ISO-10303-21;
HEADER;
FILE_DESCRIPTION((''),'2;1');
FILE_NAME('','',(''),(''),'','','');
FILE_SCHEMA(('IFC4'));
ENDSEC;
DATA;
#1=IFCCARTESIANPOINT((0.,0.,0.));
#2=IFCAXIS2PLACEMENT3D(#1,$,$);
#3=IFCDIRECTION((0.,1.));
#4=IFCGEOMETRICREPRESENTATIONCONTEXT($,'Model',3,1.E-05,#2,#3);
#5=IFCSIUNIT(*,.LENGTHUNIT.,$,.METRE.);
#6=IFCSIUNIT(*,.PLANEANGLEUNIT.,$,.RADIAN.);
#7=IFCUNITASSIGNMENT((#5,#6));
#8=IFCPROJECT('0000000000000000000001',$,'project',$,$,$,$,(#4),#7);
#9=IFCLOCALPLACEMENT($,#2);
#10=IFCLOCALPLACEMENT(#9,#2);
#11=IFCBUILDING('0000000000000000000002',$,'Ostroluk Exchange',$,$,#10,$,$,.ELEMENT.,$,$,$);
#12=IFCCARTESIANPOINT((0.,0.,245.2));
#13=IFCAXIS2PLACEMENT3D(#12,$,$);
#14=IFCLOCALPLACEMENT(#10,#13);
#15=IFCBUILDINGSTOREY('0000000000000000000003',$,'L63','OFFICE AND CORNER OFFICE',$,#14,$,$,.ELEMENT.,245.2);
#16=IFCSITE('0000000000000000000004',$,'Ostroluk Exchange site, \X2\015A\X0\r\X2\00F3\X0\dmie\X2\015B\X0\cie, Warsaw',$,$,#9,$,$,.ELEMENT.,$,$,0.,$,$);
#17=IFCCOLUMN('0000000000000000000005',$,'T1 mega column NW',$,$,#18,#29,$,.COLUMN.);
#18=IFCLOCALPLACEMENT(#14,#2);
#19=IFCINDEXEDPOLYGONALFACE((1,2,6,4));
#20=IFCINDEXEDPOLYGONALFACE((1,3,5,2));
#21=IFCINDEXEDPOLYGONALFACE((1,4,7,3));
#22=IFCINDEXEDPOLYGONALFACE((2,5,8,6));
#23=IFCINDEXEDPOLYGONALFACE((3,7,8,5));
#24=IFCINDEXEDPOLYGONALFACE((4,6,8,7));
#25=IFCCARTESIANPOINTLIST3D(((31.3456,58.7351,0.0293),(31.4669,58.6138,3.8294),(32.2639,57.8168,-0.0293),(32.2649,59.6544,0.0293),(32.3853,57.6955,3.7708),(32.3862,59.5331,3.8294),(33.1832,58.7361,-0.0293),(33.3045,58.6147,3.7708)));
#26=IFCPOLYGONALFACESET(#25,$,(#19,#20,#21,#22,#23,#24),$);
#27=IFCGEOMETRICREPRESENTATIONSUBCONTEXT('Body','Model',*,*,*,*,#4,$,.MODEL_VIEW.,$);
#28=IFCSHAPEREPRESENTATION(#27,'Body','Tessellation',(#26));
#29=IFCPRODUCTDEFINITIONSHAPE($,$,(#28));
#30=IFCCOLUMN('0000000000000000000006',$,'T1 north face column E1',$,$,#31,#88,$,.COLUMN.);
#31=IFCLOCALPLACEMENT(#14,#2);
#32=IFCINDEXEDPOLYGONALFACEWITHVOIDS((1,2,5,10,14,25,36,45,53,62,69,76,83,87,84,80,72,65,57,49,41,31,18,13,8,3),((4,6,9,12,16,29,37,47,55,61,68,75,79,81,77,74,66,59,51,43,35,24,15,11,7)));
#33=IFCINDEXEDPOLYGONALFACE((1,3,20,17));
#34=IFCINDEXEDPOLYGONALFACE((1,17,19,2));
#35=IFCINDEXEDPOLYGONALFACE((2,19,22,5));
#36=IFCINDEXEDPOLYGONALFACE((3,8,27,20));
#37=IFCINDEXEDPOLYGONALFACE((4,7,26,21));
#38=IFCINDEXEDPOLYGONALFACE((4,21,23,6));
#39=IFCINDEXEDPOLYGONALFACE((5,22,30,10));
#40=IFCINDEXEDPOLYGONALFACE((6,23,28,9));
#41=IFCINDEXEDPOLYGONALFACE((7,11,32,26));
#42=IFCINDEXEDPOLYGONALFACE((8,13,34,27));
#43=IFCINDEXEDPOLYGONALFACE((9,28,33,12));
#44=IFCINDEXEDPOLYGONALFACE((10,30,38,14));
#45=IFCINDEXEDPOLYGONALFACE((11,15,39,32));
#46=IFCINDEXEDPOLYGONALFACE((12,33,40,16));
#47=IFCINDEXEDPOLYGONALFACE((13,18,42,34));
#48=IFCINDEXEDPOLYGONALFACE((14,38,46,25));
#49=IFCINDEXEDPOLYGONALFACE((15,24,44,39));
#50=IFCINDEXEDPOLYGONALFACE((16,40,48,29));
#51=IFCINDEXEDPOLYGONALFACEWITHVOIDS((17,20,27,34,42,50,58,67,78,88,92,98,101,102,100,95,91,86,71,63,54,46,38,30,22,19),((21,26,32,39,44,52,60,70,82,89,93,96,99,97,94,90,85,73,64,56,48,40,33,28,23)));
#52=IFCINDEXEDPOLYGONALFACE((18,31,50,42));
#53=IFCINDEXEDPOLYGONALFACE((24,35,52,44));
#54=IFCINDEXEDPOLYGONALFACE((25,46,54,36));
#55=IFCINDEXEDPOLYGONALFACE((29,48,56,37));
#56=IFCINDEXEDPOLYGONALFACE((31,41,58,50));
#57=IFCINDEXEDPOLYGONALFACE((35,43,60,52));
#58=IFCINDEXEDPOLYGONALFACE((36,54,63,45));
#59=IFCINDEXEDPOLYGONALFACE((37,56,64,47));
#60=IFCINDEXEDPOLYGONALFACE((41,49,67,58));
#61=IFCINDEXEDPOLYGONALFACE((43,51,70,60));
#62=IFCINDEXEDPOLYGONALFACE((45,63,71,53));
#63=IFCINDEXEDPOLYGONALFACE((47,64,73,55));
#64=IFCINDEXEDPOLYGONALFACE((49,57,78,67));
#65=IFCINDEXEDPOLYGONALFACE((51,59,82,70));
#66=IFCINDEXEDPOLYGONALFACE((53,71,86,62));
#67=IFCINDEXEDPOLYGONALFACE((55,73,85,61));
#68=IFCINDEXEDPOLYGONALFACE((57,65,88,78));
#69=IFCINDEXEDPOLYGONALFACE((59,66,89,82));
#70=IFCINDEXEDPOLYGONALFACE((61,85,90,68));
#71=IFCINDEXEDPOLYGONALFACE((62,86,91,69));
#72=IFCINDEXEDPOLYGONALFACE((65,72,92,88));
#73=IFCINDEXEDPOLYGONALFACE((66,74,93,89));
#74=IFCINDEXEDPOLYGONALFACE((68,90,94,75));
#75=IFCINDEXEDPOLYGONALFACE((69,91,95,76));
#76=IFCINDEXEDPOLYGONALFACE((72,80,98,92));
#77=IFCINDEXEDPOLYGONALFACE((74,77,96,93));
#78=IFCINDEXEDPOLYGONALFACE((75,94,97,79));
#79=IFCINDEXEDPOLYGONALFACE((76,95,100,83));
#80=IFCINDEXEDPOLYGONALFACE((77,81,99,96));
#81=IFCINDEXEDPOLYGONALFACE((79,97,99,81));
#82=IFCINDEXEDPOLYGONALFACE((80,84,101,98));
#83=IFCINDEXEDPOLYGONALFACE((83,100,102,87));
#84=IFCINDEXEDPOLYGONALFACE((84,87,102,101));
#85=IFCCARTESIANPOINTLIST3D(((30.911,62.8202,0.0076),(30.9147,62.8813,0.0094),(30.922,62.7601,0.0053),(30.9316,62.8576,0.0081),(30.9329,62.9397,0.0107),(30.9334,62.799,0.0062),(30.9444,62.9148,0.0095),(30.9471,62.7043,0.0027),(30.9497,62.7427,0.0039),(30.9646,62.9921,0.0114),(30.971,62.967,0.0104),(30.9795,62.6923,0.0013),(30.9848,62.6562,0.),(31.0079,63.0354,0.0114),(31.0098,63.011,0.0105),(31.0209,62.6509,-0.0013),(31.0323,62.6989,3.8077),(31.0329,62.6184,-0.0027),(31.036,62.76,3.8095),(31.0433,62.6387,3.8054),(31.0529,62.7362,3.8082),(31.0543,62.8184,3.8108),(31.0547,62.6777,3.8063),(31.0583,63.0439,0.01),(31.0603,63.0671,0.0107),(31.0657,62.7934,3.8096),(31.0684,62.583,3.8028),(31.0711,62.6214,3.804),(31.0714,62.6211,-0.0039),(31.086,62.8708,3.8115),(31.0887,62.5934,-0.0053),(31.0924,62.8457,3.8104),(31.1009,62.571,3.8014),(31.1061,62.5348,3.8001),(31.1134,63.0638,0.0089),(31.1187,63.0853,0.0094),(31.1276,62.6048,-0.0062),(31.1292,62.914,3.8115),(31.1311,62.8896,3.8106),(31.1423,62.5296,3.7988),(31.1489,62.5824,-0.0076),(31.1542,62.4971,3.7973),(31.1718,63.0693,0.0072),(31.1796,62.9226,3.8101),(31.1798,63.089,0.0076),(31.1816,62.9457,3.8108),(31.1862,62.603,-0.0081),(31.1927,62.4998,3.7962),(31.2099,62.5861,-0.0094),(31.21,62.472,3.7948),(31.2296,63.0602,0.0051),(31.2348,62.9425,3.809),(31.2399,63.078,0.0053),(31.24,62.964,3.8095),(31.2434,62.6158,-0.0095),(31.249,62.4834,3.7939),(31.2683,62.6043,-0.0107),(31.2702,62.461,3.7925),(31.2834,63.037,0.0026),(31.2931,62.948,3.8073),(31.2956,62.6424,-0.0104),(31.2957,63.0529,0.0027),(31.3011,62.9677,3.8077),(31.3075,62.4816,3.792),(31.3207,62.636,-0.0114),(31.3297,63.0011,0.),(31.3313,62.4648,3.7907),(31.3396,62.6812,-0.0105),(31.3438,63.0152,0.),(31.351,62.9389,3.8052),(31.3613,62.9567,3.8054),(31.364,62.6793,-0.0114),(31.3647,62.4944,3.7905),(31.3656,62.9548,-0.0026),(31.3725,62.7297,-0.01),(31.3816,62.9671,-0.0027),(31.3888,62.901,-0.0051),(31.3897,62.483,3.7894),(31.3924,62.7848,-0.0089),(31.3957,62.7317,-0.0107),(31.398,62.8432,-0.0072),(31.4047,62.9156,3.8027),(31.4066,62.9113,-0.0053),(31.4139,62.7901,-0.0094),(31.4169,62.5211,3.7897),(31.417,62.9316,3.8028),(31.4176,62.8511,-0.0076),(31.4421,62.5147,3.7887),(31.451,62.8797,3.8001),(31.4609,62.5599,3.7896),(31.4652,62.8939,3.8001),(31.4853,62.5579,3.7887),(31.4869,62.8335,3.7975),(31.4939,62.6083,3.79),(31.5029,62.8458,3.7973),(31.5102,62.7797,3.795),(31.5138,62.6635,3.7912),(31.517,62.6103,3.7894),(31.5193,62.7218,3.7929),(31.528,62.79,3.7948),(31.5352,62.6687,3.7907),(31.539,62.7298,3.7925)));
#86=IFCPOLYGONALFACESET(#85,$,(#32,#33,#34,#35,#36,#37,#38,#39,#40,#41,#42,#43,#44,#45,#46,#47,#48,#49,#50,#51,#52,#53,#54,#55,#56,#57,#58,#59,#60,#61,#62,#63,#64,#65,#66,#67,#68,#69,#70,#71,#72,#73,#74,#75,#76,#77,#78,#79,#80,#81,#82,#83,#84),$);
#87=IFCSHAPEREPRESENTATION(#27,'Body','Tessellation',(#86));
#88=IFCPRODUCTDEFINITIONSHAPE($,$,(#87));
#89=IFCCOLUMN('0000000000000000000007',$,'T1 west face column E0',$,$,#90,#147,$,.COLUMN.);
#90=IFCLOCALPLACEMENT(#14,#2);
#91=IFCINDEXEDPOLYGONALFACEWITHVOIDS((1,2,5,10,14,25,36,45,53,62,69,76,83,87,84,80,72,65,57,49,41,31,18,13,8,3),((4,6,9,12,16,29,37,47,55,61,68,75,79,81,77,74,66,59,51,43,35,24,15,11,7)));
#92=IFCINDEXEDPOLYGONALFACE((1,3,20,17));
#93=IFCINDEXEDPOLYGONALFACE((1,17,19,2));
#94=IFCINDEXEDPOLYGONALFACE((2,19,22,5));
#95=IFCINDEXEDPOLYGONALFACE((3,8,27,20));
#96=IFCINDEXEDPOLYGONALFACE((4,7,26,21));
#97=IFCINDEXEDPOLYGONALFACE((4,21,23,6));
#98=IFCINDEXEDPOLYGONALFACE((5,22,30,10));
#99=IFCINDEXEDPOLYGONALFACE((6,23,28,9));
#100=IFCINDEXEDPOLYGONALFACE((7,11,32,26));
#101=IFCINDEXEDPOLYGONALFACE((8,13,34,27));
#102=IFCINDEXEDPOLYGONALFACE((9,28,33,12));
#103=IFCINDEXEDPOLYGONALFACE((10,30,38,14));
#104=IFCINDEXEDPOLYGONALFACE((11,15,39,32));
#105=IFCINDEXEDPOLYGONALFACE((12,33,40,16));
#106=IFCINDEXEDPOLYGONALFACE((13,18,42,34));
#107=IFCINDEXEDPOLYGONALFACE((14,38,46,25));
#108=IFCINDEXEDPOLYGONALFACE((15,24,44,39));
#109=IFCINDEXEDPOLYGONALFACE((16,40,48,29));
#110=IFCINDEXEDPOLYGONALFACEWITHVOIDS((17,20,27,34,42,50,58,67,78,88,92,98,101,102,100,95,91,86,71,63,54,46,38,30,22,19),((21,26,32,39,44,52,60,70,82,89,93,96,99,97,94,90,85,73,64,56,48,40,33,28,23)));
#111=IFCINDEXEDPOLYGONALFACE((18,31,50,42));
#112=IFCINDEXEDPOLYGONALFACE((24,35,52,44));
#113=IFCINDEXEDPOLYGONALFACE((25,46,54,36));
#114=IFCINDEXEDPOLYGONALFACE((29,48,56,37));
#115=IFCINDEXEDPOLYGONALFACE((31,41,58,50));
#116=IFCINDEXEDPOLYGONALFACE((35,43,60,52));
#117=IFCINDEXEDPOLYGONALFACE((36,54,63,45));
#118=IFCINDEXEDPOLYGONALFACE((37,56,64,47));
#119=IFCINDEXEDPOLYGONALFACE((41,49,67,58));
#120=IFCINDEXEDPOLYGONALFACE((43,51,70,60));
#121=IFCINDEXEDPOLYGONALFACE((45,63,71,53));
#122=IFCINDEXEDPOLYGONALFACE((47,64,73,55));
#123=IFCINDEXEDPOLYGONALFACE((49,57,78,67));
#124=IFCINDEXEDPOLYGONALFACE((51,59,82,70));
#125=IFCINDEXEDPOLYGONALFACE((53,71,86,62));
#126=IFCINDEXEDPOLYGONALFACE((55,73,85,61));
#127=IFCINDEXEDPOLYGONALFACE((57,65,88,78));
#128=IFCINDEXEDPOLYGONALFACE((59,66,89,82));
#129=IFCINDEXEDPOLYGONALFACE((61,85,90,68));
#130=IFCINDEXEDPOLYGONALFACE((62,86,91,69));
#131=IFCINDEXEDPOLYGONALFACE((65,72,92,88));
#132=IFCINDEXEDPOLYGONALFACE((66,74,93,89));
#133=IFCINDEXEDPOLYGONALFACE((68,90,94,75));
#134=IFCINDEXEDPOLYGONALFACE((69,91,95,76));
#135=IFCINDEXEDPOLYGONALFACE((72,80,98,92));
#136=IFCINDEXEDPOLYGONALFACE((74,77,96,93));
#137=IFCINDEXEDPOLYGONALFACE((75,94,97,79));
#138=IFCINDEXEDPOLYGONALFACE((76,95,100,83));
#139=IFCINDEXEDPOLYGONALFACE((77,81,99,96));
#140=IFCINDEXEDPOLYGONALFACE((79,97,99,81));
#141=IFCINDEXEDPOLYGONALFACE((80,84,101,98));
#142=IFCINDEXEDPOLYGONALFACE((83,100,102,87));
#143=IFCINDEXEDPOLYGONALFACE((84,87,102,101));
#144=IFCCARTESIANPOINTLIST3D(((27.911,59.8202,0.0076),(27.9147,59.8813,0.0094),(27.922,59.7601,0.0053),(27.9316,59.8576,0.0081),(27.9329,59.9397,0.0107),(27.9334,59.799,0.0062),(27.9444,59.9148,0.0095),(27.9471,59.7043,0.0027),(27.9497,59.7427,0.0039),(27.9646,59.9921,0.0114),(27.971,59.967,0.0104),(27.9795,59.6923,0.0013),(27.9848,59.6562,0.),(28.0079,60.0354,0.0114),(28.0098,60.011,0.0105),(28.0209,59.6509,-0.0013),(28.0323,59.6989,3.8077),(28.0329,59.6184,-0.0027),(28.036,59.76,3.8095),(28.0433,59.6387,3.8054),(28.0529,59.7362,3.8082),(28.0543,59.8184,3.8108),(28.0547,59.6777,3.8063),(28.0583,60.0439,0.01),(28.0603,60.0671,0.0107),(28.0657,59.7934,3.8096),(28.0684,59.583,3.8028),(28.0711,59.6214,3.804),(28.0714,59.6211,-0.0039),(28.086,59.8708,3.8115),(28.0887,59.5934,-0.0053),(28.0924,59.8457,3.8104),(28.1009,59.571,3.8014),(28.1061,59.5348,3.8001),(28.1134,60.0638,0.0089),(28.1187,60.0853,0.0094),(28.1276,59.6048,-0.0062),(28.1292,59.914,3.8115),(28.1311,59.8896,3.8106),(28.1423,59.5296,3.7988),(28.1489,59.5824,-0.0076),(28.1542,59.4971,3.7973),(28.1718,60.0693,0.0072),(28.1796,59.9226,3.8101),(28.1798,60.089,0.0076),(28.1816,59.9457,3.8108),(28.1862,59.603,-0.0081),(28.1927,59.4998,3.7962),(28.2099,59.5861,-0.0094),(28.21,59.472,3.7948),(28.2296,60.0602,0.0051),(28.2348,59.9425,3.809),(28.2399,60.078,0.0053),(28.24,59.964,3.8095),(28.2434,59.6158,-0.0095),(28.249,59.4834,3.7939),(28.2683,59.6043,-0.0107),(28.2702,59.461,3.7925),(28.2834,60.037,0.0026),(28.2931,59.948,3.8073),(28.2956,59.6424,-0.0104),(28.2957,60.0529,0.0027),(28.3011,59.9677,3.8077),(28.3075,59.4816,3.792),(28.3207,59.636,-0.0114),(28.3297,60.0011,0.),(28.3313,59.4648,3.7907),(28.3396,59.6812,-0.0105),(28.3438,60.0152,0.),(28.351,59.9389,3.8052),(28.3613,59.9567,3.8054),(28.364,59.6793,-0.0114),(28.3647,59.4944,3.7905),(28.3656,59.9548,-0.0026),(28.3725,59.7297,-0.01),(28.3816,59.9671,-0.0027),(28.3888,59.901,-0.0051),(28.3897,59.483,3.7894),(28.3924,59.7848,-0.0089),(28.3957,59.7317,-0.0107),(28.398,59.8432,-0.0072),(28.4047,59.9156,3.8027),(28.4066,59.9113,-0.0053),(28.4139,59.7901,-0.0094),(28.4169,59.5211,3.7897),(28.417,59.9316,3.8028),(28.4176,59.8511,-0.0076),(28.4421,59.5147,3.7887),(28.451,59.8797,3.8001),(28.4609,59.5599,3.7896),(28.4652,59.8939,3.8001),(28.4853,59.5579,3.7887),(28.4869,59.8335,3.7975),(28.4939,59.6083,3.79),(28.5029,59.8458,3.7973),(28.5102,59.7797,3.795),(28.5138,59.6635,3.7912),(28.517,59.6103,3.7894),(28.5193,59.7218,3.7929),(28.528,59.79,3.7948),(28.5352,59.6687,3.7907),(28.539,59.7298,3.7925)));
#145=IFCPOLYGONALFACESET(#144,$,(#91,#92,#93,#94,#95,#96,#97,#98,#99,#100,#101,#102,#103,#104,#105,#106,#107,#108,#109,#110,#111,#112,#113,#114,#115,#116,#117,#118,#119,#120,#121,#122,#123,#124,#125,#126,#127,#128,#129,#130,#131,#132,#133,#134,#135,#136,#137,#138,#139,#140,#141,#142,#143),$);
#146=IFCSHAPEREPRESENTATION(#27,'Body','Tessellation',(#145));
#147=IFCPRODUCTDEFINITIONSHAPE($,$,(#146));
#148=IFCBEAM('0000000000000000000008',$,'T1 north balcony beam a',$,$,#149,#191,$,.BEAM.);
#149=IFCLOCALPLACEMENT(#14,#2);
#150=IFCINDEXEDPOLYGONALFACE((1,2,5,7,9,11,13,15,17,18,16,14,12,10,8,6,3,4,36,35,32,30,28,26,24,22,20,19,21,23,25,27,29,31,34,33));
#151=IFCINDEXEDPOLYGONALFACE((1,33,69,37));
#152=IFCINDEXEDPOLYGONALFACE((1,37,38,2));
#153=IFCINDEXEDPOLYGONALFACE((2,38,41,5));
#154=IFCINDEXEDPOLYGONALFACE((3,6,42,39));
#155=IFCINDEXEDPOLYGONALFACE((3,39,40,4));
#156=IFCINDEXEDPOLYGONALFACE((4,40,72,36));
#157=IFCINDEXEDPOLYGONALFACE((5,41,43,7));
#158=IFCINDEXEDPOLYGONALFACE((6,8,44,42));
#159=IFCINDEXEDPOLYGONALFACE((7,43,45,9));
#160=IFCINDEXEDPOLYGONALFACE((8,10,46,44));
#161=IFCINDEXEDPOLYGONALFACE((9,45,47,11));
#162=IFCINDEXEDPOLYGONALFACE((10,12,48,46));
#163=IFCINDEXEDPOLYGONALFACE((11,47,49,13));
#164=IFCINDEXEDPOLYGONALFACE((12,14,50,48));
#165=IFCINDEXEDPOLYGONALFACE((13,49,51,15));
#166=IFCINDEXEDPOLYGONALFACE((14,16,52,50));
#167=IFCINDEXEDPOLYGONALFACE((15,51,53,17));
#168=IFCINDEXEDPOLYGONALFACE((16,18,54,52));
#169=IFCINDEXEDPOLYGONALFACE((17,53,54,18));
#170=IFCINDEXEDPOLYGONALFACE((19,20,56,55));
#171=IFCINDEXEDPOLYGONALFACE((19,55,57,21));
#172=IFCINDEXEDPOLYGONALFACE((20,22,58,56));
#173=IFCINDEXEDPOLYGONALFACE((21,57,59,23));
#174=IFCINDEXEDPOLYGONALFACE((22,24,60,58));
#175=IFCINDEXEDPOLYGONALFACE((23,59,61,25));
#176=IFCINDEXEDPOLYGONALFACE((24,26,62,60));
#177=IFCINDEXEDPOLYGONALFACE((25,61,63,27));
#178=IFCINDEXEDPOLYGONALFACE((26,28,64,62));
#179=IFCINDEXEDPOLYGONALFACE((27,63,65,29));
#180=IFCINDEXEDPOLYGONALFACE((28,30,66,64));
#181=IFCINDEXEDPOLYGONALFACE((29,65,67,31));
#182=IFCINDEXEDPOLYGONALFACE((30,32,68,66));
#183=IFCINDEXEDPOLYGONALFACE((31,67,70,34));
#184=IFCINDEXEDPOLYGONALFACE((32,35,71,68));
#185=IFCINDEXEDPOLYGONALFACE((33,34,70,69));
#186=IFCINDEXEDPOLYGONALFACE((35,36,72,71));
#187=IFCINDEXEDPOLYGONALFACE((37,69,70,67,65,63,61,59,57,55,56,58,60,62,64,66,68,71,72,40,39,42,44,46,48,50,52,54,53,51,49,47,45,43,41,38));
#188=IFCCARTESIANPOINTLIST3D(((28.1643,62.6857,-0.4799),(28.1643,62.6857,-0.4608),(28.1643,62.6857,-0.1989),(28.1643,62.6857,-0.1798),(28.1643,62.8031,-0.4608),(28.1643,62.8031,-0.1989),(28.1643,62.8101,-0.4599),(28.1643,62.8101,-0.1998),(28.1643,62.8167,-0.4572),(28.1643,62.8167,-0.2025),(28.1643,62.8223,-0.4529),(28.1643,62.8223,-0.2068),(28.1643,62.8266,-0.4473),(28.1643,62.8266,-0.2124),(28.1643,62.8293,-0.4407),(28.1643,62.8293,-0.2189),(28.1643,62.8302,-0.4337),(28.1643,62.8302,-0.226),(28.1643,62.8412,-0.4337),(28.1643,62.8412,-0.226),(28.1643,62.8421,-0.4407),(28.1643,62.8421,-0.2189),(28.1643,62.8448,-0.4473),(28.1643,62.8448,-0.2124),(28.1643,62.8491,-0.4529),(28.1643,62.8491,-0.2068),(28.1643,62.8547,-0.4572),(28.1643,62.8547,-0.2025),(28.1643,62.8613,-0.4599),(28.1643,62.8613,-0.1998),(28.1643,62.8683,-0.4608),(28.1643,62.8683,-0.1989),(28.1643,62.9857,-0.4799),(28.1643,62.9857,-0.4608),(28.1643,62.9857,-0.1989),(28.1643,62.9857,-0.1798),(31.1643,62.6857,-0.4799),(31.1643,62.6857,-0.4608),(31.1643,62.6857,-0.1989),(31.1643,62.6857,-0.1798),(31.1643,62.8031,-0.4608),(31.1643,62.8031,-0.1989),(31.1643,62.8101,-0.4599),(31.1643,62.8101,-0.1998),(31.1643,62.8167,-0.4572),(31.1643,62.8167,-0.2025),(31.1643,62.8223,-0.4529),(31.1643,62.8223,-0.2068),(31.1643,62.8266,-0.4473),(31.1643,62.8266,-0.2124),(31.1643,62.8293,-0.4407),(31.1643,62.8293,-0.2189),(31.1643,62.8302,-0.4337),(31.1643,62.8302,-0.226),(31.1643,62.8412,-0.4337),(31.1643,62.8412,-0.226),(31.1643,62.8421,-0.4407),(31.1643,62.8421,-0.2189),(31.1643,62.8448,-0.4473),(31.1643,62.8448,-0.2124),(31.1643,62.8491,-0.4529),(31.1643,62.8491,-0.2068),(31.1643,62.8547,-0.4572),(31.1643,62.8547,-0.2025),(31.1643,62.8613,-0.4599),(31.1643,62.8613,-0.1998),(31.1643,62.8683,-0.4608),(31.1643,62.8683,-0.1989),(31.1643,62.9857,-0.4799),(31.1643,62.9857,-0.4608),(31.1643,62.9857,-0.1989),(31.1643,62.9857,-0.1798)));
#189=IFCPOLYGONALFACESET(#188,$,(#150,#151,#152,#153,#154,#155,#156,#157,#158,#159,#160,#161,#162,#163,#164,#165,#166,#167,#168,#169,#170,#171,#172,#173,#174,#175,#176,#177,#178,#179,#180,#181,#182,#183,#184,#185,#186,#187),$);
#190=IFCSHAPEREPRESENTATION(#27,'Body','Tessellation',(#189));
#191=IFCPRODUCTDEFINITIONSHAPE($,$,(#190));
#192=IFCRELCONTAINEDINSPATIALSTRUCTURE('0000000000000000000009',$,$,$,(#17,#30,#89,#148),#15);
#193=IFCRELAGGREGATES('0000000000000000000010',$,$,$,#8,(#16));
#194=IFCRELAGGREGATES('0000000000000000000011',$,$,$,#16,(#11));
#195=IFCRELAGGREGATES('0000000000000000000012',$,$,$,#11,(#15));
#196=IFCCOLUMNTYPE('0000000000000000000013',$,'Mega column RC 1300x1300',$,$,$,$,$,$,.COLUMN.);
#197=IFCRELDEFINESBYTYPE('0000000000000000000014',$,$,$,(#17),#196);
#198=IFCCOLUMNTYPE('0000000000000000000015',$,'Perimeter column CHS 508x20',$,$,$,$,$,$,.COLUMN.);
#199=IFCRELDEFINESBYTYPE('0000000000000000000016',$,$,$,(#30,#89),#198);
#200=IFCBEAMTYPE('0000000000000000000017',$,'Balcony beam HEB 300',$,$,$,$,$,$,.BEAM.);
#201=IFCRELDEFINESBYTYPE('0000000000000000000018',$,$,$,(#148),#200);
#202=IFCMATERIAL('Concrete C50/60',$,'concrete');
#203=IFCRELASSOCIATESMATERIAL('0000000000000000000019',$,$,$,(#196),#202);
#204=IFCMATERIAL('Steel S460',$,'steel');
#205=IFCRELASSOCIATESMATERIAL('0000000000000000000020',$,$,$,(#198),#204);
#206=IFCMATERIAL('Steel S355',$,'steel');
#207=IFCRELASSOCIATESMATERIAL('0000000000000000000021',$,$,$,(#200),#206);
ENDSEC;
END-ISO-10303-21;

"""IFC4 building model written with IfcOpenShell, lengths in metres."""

from ifc_helpers import new_model, si_unit, direction, frame, origin, origin_2d, place, context, subcontext, project, spatial, rectangle, hollow_circle, i_section, extrude, material, material_profile, profile_set, type_object, element, save


model = new_model("IFC4")

# Units and contexts
model_context = context("Model", 3, precision=1e-05, world=origin(), true_north=direction((0.0, 1.0)))
body_context = subcontext(model_context, "Body", "Model", "MODEL_VIEW")
ifc_project = project(units=[si_unit("LENGTHUNIT", "METRE"), si_unit("PLANEANGLEUNIT", "RADIAN")], contexts=[model_context])

# Site, building, storey
site_placement = place(None, origin())
site = spatial("IfcSite", under=ifc_project, at=site_placement, Name="Ostroluk Exchange site, Śródmieście, Warsaw", CompositionType="ELEMENT", RefElevation=0.0)
building_placement = place(site_placement, origin())
building = spatial("IfcBuilding", under=site, at=building_placement, Name="Ostroluk Exchange", CompositionType="ELEMENT")
storey_placement = place(building_placement, frame((0.0, 0.0, 245.2)))
storey = spatial("IfcBuildingStorey", under=building, at=storey_placement, Name="L63", Description="OFFICE AND CORNER OFFICE", CompositionType="ELEMENT", Elevation=245.2)

# Columns
ifc_material_1 = material(Name="Concrete C50/60", Category="concrete")
ifc_material_profile_1 = material_profile(ifc_material_1, rectangle(XDim=1.3, YDim=1.3, at=origin_2d()), Name="RC 1300x1300")
ifc_profile_set_1 = profile_set([ifc_material_profile_1], Name="Concrete C50/60")
column_type_1 = type_object("IfcColumnType", Name="Mega column RC 1300x1300", PredefinedType="COLUMN", material=ifc_profile_set_1)
column_placement = place(storey_placement, frame((32.2644, 58.7356, 0.0), z_axis=(0.031898, -0.031898, 0.998982), x_axis=(0.707107, 0.707107, 0.0)))
element("IfcColumn", 1, at=column_placement, inside=storey, type_object=column_type_1, Name="T1 mega column NW", PredefinedType="COLUMN", context=body_context, shape_type="SweptSolid", body=[
    extrude(rectangle(XDim=1.3, YDim=1.3, at=origin_2d()), origin(), (0.0, 0.0, 1.0), 3.804),
])
ifc_material_2 = material(Name="Steel S460", Category="steel")
ifc_material_profile_2 = material_profile(ifc_material_2, hollow_circle(Radius=0.2539, WallThickness=0.02, at=origin_2d()), Name="CHS 508x20")
ifc_profile_set_2 = profile_set([ifc_material_profile_2], Name="Steel S460")
column_type_2 = type_object("IfcColumnType", Name="Perimeter column CHS 508x20", PredefinedType="COLUMN", material=ifc_profile_set_2)
for number, where, z_axis, x_axis, name in (
    (2, (31.1643, 62.8357, 0.0), (0.031898, -0.031898, 0.998982), (0.707107, 0.707107, 0.0), "T1 north face column E1"),
    (3, (28.1643, 59.8357, 0.0), (0.031898, -0.031898, 0.998982), (0.707107, 0.707107, 0.0), "T1 west face column E0"),
):
    element("IfcColumn", number, at=place(storey_placement, frame(where, z_axis=z_axis, x_axis=x_axis)), inside=storey, type_object=column_type_2, Name=name, PredefinedType="COLUMN", context=body_context, shape_type="SweptSolid", body=[
        extrude(hollow_circle(Radius=0.2539, WallThickness=0.02, at=origin_2d()), origin(), (0.0, 0.0, 1.0), 3.804),
    ])

# Beam
ifc_material_3 = material(Name="Steel S355", Category="steel")
ifc_material_profile_3 = material_profile(ifc_material_3, i_section(OverallWidth=0.3, OverallDepth=0.3, WebThickness=0.011, FlangeThickness=0.019, FilletRadius=0.0271, at=origin_2d()), Name="HEB 300")
ifc_profile_set_3 = profile_set([ifc_material_profile_3], Name="Steel S355")
beam_type_1 = type_object("IfcBeamType", Name="Balcony beam HEB 300", PredefinedType="BEAM", material=ifc_profile_set_3)
for number, where, z_axis, x_axis, name in (
    (4, (31.1643, 62.8357, -0.3298), (-1.0, 0.0, 0.0), (0.0, -1.0, 0.0), "T1 north balcony beam a"),
):
    element("IfcBeam", number, at=place(storey_placement, frame(where, z_axis=z_axis, x_axis=x_axis)), inside=storey, type_object=beam_type_1, Name=name, PredefinedType="BEAM", context=body_context, shape_type="SweptSolid", body=[
        extrude(i_section(OverallWidth=0.3, OverallDepth=0.3, WebThickness=0.011, FlangeThickness=0.019, FilletRadius=0.0271, at=origin_2d()), origin(), (0.0, 0.0, 1.0), 3.0),
    ])

save(model, "model.ifc")
